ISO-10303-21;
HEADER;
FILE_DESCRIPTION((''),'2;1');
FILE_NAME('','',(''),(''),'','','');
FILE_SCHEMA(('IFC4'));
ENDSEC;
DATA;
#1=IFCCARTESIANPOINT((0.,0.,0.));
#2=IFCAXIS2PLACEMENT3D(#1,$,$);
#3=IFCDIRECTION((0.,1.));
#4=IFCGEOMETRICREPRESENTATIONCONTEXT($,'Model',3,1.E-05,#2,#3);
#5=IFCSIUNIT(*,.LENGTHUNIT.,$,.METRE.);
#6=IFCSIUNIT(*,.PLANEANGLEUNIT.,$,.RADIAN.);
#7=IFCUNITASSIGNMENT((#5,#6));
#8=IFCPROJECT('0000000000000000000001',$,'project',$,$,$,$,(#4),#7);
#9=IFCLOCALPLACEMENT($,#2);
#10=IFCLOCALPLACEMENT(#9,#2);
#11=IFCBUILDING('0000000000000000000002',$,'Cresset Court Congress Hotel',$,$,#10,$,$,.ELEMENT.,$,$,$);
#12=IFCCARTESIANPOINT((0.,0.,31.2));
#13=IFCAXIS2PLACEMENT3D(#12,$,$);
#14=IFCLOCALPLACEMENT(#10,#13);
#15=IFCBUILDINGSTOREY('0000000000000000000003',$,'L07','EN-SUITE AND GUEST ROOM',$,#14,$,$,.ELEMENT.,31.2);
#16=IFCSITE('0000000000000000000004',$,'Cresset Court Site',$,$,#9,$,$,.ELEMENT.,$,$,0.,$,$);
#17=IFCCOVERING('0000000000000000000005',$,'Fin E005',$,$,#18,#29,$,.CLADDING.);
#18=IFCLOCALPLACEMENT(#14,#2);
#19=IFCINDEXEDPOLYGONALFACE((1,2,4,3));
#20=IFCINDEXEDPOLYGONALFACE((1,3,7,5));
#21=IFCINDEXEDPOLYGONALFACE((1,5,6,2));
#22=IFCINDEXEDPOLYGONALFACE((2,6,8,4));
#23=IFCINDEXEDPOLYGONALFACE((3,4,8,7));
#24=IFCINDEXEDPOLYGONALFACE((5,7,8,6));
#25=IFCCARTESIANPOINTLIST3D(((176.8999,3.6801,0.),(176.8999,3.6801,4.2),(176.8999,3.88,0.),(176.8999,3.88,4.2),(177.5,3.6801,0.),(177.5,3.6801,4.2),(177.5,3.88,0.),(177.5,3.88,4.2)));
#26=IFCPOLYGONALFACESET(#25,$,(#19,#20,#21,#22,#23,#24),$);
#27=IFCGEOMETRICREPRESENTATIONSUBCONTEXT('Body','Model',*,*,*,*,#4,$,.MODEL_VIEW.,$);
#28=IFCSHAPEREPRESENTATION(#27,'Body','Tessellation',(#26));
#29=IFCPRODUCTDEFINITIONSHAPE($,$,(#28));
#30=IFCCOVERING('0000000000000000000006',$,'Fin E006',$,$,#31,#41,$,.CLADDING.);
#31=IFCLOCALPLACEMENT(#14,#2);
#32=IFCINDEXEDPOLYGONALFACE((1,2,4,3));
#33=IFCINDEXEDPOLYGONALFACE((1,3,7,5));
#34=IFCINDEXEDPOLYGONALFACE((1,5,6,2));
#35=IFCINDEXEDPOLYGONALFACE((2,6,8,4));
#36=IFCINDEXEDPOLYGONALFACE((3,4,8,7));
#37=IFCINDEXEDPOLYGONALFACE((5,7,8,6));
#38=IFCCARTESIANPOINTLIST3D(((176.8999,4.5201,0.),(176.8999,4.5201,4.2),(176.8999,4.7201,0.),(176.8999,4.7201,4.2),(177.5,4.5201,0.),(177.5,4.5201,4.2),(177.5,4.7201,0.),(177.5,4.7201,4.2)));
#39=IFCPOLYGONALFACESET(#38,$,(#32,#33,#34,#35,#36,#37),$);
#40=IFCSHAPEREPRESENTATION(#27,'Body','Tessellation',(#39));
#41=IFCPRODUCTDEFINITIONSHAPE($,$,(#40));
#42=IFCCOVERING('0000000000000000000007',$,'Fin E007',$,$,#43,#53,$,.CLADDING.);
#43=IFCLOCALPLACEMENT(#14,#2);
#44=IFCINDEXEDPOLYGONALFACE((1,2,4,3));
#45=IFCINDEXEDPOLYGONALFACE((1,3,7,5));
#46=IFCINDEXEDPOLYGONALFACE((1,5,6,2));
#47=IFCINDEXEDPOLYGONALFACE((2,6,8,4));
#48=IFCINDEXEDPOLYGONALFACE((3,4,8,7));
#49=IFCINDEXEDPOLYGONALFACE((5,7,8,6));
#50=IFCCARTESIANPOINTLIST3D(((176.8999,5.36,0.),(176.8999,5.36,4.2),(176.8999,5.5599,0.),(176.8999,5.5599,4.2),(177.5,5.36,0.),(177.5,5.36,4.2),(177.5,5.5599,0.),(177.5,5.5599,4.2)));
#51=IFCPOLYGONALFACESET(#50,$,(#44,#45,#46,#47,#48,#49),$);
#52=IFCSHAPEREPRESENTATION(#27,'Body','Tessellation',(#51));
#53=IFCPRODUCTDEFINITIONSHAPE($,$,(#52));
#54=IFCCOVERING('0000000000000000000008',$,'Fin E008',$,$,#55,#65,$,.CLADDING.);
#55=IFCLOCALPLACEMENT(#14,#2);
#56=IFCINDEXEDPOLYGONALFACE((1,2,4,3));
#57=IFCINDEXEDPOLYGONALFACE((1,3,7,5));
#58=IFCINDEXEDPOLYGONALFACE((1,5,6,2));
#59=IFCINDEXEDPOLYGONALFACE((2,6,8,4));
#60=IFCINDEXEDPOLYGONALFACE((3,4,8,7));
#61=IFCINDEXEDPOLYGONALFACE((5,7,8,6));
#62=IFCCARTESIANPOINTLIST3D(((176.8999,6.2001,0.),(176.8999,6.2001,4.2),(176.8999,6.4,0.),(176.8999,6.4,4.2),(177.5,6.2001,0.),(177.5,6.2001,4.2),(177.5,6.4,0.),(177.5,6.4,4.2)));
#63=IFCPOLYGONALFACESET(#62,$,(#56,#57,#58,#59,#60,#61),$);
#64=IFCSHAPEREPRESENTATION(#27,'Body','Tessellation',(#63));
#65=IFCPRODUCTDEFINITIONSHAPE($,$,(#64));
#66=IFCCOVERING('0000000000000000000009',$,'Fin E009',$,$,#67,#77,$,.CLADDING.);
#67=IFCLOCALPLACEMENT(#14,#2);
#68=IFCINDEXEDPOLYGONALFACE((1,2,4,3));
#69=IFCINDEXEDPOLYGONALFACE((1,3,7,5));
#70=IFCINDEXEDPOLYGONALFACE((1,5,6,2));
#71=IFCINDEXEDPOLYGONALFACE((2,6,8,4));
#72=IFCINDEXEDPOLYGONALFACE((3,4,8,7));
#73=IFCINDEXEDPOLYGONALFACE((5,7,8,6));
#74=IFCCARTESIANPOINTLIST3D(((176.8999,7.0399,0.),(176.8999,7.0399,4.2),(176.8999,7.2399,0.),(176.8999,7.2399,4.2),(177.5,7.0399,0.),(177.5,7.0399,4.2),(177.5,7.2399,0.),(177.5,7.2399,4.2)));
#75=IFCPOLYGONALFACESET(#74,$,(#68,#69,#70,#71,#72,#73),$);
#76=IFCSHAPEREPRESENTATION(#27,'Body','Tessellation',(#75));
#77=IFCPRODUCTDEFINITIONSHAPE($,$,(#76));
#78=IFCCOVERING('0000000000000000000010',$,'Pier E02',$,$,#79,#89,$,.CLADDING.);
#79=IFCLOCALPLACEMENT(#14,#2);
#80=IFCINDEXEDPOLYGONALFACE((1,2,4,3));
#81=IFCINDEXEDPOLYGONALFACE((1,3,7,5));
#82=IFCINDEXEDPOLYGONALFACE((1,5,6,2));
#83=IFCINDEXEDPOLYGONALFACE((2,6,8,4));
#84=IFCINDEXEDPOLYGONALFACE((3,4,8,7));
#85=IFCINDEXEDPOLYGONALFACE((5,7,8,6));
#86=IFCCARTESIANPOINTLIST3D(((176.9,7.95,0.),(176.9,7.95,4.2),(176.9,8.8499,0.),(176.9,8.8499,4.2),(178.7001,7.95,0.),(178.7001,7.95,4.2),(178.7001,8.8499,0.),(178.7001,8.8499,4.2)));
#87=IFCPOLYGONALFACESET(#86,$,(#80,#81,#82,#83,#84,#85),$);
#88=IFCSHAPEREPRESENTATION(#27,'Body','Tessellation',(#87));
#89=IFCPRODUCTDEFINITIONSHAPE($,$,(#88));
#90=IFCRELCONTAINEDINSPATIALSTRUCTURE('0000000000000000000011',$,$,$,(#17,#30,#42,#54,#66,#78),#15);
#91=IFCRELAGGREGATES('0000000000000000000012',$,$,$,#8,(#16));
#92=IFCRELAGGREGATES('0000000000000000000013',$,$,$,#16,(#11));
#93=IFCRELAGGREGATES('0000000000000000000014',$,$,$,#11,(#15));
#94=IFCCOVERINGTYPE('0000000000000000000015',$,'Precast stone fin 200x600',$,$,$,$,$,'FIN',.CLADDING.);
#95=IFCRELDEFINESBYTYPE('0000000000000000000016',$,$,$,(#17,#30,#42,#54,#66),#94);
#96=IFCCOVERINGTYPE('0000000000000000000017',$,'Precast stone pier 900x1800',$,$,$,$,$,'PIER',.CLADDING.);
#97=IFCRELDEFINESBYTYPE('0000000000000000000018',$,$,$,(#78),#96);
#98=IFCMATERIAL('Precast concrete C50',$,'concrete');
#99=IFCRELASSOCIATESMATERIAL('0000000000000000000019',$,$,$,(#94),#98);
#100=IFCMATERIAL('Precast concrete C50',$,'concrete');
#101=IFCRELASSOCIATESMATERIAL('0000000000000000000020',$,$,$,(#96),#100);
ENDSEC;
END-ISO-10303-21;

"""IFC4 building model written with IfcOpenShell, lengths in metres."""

from ifc_helpers import new_model, si_unit, direction, frame, origin, origin_2d, place, context, subcontext, project, spatial, rectangle, extrude, material, type_object, element, save


model = new_model("IFC4")

# Units and contexts
model_context = context("Model", 3, precision=1e-05, world=origin(), true_north=direction((0.0, 1.0)))
body_context = subcontext(model_context, "Body", "Model", "MODEL_VIEW")
ifc_project = project(units=[si_unit("LENGTHUNIT", "METRE"), si_unit("PLANEANGLEUNIT", "RADIAN")], contexts=[model_context])

# Site, building, storey
site_placement = place(None, origin())
site = spatial("IfcSite", under=ifc_project, at=site_placement, Name="Cresset Court Site", CompositionType="ELEMENT", RefElevation=0.0)
building_placement = place(site_placement, origin())
building = spatial("IfcBuilding", under=site, at=building_placement, Name="Cresset Court Congress Hotel", CompositionType="ELEMENT")
storey_placement = place(building_placement, frame((0.0, 0.0, 31.2)))
storey = spatial("IfcBuildingStorey", under=building, at=storey_placement, Name="L07", Description="EN-SUITE AND GUEST ROOM", CompositionType="ELEMENT", Elevation=31.2)

# Coverings
ifc_material_1 = material(Name="Precast concrete C50", Category="concrete")
covering_type_1 = type_object("IfcCoveringType", Name="Precast stone fin 200x600", ElementType="FIN", PredefinedType="CLADDING", material=ifc_material_1)
for number, where, z_axis, x_axis, name in (
    (1, (177.2, 3.78, 0.0), (0.0, 0.0, 1.0), (1.0, 0.0, 0.0), "Fin E005"),
    (2, (177.2, 4.6201, 0.0), (0.0, 0.0, 1.0), (1.0, 0.0, 0.0), "Fin E006"),
    (3, (177.2, 5.46, 0.0), (0.0, 0.0, 1.0), (1.0, 0.0, 0.0), "Fin E007"),
    (4, (177.2, 6.3, 0.0), (0.0, 0.0, 1.0), (1.0, 0.0, 0.0), "Fin E008"),
    (5, (177.2, 7.1399, 0.0), (0.0, 0.0, 1.0), (1.0, 0.0, 0.0), "Fin E009"),
):
    element("IfcCovering", number, at=place(storey_placement, frame(where, z_axis=z_axis, x_axis=x_axis)), inside=storey, type_object=covering_type_1, Name=name, PredefinedType="CLADDING", context=body_context, shape_type="SweptSolid", body=[
        extrude(rectangle(XDim=0.6001, YDim=0.2, at=origin_2d()), origin(), (0.0, 0.0, 1.0), 4.2),
    ])
ifc_material_2 = material(Name="Precast concrete C50", Category="concrete")
covering_type_2 = type_object("IfcCoveringType", Name="Precast stone pier 900x1800", ElementType="PIER", PredefinedType="CLADDING", material=ifc_material_2)
covering_placement = place(storey_placement, frame((177.8, 8.3999, 0.0), z_axis=(0.0, 0.0, 1.0), x_axis=(1.0, 0.0, 0.0)))
element("IfcCovering", 6, at=covering_placement, inside=storey, type_object=covering_type_2, Name="Pier E02", PredefinedType="CLADDING", context=body_context, shape_type="SweptSolid", body=[
    extrude(rectangle(XDim=1.8, YDim=0.8999, at=origin_2d()), origin(), (0.0, 0.0, 1.0), 4.2),
])

save(model, "model.ifc")
